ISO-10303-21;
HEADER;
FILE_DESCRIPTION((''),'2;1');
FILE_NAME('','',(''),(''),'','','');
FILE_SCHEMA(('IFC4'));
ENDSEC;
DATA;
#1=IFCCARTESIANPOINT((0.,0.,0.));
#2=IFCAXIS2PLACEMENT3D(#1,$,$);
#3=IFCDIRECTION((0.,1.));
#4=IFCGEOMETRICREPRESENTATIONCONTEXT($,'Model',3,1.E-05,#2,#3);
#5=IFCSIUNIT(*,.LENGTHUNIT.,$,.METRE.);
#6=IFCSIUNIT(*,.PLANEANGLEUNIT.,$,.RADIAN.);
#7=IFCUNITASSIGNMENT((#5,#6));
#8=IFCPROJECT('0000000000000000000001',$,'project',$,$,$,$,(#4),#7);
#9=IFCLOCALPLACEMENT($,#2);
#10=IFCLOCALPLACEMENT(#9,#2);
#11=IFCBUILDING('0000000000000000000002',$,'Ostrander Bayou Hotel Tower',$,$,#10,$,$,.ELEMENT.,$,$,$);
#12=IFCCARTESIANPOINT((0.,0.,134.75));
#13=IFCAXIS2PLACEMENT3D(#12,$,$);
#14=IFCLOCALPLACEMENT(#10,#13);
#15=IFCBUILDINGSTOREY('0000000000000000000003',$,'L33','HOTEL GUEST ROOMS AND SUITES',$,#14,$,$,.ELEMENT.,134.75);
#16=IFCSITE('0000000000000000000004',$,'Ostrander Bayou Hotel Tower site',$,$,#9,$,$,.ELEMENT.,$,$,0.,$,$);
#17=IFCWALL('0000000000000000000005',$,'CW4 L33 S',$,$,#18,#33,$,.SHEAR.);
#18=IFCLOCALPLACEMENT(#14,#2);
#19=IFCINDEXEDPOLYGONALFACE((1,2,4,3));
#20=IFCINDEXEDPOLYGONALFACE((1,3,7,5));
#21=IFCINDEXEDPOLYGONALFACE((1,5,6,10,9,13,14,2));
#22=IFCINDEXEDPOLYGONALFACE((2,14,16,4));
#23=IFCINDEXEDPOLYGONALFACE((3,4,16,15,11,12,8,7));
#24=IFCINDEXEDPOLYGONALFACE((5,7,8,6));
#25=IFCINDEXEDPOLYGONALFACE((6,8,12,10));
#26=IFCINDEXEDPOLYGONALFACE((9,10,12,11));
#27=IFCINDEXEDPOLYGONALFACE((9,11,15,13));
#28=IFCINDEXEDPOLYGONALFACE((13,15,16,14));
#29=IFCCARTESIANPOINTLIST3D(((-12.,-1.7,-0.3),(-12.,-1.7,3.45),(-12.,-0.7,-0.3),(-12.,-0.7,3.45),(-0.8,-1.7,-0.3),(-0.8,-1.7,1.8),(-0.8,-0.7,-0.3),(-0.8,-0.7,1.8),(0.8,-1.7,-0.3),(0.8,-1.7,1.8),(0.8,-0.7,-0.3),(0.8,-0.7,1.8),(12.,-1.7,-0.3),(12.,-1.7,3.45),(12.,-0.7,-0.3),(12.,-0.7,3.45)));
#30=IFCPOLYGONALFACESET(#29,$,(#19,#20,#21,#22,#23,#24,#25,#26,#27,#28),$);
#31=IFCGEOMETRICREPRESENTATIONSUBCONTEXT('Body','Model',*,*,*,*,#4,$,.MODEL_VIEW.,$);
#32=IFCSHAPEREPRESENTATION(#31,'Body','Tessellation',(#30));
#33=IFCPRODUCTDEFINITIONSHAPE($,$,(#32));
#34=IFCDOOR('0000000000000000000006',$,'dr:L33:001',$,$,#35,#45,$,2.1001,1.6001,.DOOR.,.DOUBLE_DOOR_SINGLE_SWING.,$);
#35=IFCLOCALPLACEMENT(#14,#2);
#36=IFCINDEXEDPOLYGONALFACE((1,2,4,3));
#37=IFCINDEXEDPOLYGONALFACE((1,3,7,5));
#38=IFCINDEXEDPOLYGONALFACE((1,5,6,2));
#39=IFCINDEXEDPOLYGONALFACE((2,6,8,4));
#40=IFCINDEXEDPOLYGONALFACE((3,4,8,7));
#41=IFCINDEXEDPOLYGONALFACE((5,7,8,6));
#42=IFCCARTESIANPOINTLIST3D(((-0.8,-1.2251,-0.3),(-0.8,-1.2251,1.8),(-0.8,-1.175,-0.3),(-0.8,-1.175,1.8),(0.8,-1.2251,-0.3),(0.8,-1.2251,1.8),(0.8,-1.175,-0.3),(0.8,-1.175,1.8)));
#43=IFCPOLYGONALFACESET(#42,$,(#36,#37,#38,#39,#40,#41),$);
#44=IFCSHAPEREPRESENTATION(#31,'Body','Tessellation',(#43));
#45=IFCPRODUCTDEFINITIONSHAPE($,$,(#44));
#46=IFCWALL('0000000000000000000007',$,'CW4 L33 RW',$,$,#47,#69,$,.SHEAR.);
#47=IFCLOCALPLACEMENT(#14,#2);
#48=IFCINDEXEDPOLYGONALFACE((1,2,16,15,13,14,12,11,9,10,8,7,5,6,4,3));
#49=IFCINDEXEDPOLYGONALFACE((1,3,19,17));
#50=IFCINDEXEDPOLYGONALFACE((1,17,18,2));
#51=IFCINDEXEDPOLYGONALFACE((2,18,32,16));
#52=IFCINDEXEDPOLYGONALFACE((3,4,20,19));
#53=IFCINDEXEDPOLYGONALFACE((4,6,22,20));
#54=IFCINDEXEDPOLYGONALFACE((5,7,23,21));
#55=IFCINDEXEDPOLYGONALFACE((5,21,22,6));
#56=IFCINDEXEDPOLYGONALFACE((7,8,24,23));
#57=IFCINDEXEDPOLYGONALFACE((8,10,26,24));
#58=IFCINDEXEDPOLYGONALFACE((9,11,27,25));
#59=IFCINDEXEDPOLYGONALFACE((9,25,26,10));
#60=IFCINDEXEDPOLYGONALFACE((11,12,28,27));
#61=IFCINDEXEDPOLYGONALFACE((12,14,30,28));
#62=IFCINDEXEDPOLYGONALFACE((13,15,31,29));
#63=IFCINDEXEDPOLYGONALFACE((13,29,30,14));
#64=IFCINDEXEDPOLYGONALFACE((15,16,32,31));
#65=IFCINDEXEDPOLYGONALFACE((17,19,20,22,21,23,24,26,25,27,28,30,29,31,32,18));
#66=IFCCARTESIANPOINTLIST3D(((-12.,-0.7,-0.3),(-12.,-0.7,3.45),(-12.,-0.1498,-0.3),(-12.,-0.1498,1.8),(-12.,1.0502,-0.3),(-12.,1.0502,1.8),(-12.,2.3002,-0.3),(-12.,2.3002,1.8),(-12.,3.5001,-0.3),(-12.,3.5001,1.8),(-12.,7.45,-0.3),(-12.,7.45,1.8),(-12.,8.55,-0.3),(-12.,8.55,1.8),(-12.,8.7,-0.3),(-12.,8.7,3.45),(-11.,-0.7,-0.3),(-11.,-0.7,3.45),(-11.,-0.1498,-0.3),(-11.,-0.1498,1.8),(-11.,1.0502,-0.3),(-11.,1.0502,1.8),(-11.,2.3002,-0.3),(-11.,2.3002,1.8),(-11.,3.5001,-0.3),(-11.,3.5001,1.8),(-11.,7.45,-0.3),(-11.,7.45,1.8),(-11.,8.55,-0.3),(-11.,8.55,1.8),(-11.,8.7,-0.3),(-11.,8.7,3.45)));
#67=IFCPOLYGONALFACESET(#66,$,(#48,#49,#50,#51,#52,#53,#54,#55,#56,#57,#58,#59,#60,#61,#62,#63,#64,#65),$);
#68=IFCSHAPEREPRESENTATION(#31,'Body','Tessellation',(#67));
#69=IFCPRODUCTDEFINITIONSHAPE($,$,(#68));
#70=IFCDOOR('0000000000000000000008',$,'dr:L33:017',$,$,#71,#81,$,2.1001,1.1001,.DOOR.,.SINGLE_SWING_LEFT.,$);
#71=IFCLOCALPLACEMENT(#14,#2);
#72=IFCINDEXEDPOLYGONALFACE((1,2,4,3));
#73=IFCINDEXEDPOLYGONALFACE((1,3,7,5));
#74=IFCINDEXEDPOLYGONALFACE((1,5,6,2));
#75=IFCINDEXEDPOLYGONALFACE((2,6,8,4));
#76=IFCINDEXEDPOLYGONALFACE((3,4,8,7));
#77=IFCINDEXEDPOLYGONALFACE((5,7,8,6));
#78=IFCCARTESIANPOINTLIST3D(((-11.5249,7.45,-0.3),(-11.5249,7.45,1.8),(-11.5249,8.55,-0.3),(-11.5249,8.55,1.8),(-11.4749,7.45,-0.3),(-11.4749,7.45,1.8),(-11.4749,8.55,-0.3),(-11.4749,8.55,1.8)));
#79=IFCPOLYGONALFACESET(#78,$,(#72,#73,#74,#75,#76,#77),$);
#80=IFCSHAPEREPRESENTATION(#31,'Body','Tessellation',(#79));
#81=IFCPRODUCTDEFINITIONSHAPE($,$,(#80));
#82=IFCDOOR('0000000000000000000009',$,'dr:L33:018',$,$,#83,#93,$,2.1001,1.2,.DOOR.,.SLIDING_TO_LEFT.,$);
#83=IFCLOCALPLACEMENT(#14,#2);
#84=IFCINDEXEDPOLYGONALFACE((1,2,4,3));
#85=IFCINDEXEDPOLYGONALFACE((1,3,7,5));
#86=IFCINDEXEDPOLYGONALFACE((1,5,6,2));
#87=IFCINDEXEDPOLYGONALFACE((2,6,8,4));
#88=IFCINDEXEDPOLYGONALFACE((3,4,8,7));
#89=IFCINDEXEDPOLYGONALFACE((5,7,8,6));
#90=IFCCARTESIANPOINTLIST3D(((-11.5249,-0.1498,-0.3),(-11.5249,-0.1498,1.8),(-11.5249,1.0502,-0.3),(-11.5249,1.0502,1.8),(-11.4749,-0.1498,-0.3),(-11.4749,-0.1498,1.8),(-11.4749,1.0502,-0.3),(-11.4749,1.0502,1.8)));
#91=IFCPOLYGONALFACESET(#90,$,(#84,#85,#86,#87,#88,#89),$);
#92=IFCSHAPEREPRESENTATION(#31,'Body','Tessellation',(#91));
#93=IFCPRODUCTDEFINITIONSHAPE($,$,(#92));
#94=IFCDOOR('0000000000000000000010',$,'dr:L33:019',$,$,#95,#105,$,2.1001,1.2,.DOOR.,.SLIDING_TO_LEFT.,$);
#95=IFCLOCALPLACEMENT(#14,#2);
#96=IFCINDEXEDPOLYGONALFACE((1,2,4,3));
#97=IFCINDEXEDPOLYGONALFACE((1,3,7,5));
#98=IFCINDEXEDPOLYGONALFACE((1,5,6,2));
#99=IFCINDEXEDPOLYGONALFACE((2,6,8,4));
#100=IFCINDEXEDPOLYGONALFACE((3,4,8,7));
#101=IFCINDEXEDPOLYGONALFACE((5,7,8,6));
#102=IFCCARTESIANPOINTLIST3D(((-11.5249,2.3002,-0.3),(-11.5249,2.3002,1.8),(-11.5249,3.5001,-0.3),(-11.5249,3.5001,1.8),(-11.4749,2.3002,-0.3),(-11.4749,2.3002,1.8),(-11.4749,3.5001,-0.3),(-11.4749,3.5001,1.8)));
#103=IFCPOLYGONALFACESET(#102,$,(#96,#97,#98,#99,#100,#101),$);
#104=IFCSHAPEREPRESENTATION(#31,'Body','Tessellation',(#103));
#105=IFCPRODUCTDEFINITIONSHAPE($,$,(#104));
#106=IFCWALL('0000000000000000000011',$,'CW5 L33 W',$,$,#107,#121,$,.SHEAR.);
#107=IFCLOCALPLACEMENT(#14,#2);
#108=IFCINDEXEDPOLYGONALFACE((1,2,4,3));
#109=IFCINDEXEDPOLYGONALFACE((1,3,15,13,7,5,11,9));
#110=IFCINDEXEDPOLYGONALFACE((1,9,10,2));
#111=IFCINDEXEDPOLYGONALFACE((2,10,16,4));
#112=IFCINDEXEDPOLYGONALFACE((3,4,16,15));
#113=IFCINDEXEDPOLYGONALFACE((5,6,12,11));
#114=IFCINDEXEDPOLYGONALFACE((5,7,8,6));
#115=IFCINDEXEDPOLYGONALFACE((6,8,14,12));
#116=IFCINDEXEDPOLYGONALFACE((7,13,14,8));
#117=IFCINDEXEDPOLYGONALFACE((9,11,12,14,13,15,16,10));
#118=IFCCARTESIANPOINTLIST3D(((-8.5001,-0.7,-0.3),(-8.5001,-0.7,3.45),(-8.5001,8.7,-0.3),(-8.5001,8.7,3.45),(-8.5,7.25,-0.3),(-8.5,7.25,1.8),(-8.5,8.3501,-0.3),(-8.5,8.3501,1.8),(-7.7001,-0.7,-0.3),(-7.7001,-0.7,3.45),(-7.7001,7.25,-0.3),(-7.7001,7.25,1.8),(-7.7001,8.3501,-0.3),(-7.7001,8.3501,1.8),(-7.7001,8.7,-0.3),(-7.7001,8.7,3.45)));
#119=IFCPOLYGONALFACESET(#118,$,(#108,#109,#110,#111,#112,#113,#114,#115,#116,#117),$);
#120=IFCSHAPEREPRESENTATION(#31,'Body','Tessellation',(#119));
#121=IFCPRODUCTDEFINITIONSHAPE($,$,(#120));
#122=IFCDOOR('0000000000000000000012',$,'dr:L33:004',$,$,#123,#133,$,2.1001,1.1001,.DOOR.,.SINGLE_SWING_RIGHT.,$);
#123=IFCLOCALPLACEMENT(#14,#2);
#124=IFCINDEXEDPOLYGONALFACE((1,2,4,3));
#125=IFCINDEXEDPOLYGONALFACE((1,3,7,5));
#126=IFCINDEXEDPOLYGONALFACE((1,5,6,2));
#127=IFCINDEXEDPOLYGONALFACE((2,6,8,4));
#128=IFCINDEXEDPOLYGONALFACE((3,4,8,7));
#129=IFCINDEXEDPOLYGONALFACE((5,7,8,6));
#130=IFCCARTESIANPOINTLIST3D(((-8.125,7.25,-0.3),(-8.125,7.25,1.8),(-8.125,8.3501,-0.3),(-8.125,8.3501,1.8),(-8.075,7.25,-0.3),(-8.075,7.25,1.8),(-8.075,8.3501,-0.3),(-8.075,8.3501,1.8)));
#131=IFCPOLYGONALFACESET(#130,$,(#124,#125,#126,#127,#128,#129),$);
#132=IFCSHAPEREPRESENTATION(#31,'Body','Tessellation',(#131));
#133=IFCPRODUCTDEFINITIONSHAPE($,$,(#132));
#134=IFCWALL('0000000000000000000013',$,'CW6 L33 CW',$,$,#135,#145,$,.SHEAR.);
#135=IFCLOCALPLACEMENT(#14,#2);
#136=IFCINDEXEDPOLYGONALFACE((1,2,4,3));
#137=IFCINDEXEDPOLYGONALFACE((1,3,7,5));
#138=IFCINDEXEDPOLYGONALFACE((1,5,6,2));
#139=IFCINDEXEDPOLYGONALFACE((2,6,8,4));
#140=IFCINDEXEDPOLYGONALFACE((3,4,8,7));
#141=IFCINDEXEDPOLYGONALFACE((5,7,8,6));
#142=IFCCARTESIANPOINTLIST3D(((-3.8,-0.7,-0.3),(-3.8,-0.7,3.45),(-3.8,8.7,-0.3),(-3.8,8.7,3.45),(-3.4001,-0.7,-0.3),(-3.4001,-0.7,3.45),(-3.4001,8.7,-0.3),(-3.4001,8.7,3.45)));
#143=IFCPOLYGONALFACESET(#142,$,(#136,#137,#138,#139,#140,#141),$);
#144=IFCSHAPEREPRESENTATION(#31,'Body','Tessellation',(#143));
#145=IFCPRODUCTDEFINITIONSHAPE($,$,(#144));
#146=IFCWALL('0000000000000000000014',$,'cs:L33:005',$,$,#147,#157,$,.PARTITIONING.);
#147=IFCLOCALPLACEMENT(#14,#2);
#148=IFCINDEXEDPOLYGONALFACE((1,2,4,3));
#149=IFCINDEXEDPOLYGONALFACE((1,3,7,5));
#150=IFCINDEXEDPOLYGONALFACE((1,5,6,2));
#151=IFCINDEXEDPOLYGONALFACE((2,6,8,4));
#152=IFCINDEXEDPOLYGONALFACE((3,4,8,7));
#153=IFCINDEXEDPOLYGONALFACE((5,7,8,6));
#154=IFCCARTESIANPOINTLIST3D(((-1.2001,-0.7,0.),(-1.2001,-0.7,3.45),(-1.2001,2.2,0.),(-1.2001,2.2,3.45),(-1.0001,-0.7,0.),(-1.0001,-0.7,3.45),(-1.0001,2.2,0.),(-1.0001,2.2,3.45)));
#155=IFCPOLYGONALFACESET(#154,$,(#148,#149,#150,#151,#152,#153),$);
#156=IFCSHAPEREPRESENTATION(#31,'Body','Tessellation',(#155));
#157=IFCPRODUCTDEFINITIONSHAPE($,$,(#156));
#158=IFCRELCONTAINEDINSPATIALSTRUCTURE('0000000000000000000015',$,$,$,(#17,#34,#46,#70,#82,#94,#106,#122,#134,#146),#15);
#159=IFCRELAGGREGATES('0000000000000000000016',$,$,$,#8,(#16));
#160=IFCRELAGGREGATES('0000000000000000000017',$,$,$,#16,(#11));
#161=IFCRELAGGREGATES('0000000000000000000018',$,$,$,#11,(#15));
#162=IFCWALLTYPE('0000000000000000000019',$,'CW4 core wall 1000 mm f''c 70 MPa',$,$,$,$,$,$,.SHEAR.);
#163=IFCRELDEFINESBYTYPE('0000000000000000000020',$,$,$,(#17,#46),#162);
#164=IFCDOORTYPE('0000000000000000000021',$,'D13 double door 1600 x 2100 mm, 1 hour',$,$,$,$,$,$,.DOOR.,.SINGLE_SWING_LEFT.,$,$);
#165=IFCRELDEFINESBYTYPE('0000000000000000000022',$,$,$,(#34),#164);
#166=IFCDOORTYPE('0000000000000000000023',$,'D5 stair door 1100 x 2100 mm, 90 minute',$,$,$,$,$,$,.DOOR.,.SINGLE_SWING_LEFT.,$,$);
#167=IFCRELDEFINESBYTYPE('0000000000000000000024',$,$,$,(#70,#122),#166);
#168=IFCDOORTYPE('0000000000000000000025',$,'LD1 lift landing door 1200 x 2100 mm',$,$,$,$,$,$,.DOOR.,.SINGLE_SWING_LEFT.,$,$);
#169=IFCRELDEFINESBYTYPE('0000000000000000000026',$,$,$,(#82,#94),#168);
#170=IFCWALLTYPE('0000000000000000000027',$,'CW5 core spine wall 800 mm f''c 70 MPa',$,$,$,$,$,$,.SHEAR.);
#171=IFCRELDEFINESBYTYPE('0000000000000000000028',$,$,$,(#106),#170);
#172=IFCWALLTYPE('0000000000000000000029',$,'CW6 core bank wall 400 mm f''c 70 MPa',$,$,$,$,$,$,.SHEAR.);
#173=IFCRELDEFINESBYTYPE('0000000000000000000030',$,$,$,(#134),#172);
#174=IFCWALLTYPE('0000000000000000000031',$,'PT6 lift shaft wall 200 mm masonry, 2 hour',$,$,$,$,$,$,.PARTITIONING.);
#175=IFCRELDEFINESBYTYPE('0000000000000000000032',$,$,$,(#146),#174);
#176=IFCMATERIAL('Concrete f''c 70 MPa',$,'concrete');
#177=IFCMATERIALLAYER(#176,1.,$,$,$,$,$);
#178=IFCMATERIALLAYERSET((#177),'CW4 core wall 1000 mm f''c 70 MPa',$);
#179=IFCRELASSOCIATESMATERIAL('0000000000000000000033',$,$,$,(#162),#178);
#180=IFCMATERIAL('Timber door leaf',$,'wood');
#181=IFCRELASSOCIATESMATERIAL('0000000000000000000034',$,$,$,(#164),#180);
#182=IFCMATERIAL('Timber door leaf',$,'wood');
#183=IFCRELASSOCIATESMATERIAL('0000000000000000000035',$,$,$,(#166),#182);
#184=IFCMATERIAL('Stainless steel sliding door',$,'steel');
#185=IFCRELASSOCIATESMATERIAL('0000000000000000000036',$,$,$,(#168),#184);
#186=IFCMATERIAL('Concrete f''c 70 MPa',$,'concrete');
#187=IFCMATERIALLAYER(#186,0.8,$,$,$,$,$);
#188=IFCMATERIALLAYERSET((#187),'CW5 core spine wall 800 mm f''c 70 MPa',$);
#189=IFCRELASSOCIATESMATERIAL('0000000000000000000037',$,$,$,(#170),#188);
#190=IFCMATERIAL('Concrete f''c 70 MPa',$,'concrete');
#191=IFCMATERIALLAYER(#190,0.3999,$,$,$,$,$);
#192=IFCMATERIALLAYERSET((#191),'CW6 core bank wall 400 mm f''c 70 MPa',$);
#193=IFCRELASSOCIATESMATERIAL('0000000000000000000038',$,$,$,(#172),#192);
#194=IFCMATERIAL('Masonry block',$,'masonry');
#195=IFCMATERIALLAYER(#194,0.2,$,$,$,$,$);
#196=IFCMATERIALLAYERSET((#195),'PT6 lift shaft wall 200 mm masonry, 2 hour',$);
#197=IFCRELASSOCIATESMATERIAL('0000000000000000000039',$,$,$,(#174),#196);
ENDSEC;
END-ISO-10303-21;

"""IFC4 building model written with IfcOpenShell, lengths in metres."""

from ifc_helpers import new_model, si_unit, direction, frame, frame_2d, origin, place, context, subcontext, project, spatial, rectangle, extrude, material, layer, layer_set, type_object, element, fill, save


model = new_model("IFC4")

# Units and contexts
model_context = context("Model", 3, precision=1e-05, world=origin(), true_north=direction((0.0, 1.0)))
body_context = subcontext(model_context, "Body", "Model", "MODEL_VIEW")
ifc_project = project(units=[si_unit("LENGTHUNIT", "METRE"), si_unit("PLANEANGLEUNIT", "RADIAN")], contexts=[model_context])

# Site, building, storey
site_placement = place(None, origin())
site = spatial("IfcSite", under=ifc_project, at=site_placement, Name="Ostrander Bayou Hotel Tower site", CompositionType="ELEMENT", RefElevation=0.0)
building_placement = place(site_placement, origin())
building = spatial("IfcBuilding", under=site, at=building_placement, Name="Ostrander Bayou Hotel Tower", CompositionType="ELEMENT")
storey_placement = place(building_placement, frame((0.0, 0.0, 134.75)))
storey = spatial("IfcBuildingStorey", under=building, at=storey_placement, Name="L33", Description="HOTEL GUEST ROOMS AND SUITES", CompositionType="ELEMENT", Elevation=134.75)

# Wall, opening, door
ifc_material_1 = material(Name="Concrete f'c 70 MPa", Category="concrete")
ifc_layer_1 = layer(ifc_material_1, 1.0)
ifc_layer_set_1 = layer_set([ifc_layer_1], Name="CW4 core wall 1000 mm f'c 70 MPa")
wall_type_1 = type_object("IfcWallType", Name="CW4 core wall 1000 mm f'c 70 MPa", PredefinedType="SHEAR", material=ifc_layer_set_1)
wall_1_placement = place(storey_placement, frame((-12.0, -1.2, -0.3), z_axis=(0.0, 0.0, 1.0), x_axis=(1.0, 0.0, 0.0)))
wall_1 = element("IfcWall", 1, at=wall_1_placement, inside=storey, type_object=wall_type_1, Name="CW4 L33 S", PredefinedType="SHEAR", context=body_context, shape_type="SweptSolid", body=[
    extrude(rectangle(XDim=24.0, YDim=1.0, at=frame_2d((12.0, 0.0))), origin(), (0.0, 0.0, 1.0), 3.75),
])
opening_1_placement = place(wall_1_placement, frame((11.2, 0.0, 0.0)))
opening_1 = element("IfcOpeningElement", 2, at=opening_1_placement, cuts=wall_1, PredefinedType="OPENING", context=body_context, shape_type="SweptSolid", body=[
    extrude(rectangle(XDim=1.6001, YDim=2.1001, at=frame_2d((0.8, 1.05))), frame((0.0, 0.5, 0.0), z_axis=(0.0, -1.0, 0.0), x_axis=(1.0, 0.0, 0.0)), (0.0, 0.0, 1.0), 1.0),
])
ifc_material_2 = material(Name="Timber door leaf", Category="wood")
door_type_1 = type_object("IfcDoorType", Name="D13 double door 1600 x 2100 mm, 1 hour", OperationType="SINGLE_SWING_LEFT", PredefinedType="DOOR", material=ifc_material_2)
door_1_placement = place(opening_1_placement, origin())
door_1 = element("IfcDoor", 3, at=door_1_placement, inside=storey, type_object=door_type_1, Name="dr:L33:001", OperationType="DOUBLE_DOOR_SINGLE_SWING", OverallHeight=2.1001, OverallWidth=1.6001, PredefinedType="DOOR", context=body_context, shape_type="SweptSolid", body=[
    extrude(rectangle(XDim=1.6001, YDim=2.1001, at=frame_2d((0.8, 1.05))), frame((0.0, 0.0249, 0.0), z_axis=(0.0, -1.0, 0.0), x_axis=(1.0, 0.0, 0.0)), (0.0, 0.0, 1.0), 0.05),
])
fill(opening_1, door_1)

# Wall, openings, doors
wall_2_placement = place(storey_placement, frame((-11.5, -0.7, -0.3), z_axis=(0.0, 0.0, 1.0), x_axis=(0.0, 1.0, 0.0)))
wall_2 = element("IfcWall", 4, at=wall_2_placement, inside=storey, type_object=wall_type_1, Name="CW4 L33 RW", PredefinedType="SHEAR", context=body_context, shape_type="SweptSolid", body=[
    extrude(rectangle(XDim=9.3999, YDim=1.0, at=frame_2d((4.7, 0.0))), origin(), (0.0, 0.0, 1.0), 3.75),
])
opening_2_placement = place(wall_2_placement, frame((8.1499, 0.0, 0.0)))
opening_2 = element("IfcOpeningElement", 5, at=opening_2_placement, cuts=wall_2, PredefinedType="OPENING", context=body_context, shape_type="SweptSolid", body=[
    extrude(rectangle(XDim=1.1001, YDim=2.1001, at=frame_2d((0.55, 1.05))), frame((0.0, 0.5, 0.0), z_axis=(0.0, -1.0, 0.0), x_axis=(1.0, 0.0, 0.0)), (0.0, 0.0, 1.0), 1.0),
])
opening_3_placement = place(wall_2_placement, frame((0.55, 0.0, 0.0)))
opening_3 = element("IfcOpeningElement", 6, at=opening_3_placement, cuts=wall_2, PredefinedType="OPENING", context=body_context, shape_type="SweptSolid", body=[
    extrude(rectangle(XDim=1.2, YDim=2.1001, at=frame_2d((0.6001, 1.05))), frame((0.0, 0.5, 0.0), z_axis=(0.0, -1.0, 0.0), x_axis=(1.0, 0.0, 0.0)), (0.0, 0.0, 1.0), 1.0),
])
opening_4_placement = place(wall_2_placement, frame((3.0, 0.0, 0.0)))
opening_4 = element("IfcOpeningElement", 7, at=opening_4_placement, cuts=wall_2, PredefinedType="OPENING", context=body_context, shape_type="SweptSolid", body=[
    extrude(rectangle(XDim=1.2, YDim=2.1001, at=frame_2d((0.6001, 1.05))), frame((0.0, 0.5, 0.0), z_axis=(0.0, -1.0, 0.0), x_axis=(1.0, 0.0, 0.0)), (0.0, 0.0, 1.0), 1.0),
])
ifc_material_3 = material(Name="Timber door leaf", Category="wood")
door_type_2 = type_object("IfcDoorType", Name="D5 stair door 1100 x 2100 mm, 90 minute", OperationType="SINGLE_SWING_LEFT", PredefinedType="DOOR", material=ifc_material_3)
door_2_placement = place(opening_2_placement, origin())
door_2 = element("IfcDoor", 8, at=door_2_placement, inside=storey, type_object=door_type_2, Name="dr:L33:017", OperationType="SINGLE_SWING_LEFT", OverallHeight=2.1001, OverallWidth=1.1001, PredefinedType="DOOR", context=body_context, shape_type="SweptSolid", body=[
    extrude(rectangle(XDim=1.1001, YDim=2.1001, at=frame_2d((0.55, 1.05))), frame((0.0, 0.0249, 0.0), z_axis=(0.0, -1.0, 0.0), x_axis=(1.0, 0.0, 0.0)), (0.0, 0.0, 1.0), 0.05),
])
fill(opening_2, door_2)
ifc_material_4 = material(Name="Stainless steel sliding door", Category="steel")
door_type_3 = type_object("IfcDoorType", Name="LD1 lift landing door 1200 x 2100 mm", OperationType="SINGLE_SWING_LEFT", PredefinedType="DOOR", material=ifc_material_4)
door_3_placement = place(opening_3_placement, origin())
door_3 = element("IfcDoor", 9, at=door_3_placement, inside=storey, type_object=door_type_3, Name="dr:L33:018", OperationType="SLIDING_TO_LEFT", OverallHeight=2.1001, OverallWidth=1.2, PredefinedType="DOOR", context=body_context, shape_type="SweptSolid", body=[
    extrude(rectangle(XDim=1.2, YDim=2.1001, at=frame_2d((0.6001, 1.05))), frame((0.0, 0.0249, 0.0), z_axis=(0.0, -1.0, 0.0), x_axis=(1.0, 0.0, 0.0)), (0.0, 0.0, 1.0), 0.05),
])
fill(opening_3, door_3)
door_4_placement = place(opening_4_placement, origin())
door_4 = element("IfcDoor", 10, at=door_4_placement, inside=storey, type_object=door_type_3, Name="dr:L33:019", OperationType="SLIDING_TO_LEFT", OverallHeight=2.1001, OverallWidth=1.2, PredefinedType="DOOR", context=body_context, shape_type="SweptSolid", body=[
    extrude(rectangle(XDim=1.2, YDim=2.1001, at=frame_2d((0.6001, 1.05))), frame((0.0, 0.0249, 0.0), z_axis=(0.0, -1.0, 0.0), x_axis=(1.0, 0.0, 0.0)), (0.0, 0.0, 1.0), 0.05),
])
fill(opening_4, door_4)

# Wall, opening, door
ifc_material_5 = material(Name="Concrete f'c 70 MPa", Category="concrete")
ifc_layer_2 = layer(ifc_material_5, 0.8)
ifc_layer_set_2 = layer_set([ifc_layer_2], Name="CW5 core spine wall 800 mm f'c 70 MPa")
wall_type_2 = type_object("IfcWallType", Name="CW5 core spine wall 800 mm f'c 70 MPa", PredefinedType="SHEAR", material=ifc_layer_set_2)
wall_3_placement = place(storey_placement, frame((-8.1001, -0.7, -0.3), z_axis=(0.0, 0.0, 1.0), x_axis=(0.0, 1.0, 0.0)))
wall_3 = element("IfcWall", 11, at=wall_3_placement, inside=storey, type_object=wall_type_2, Name="CW5 L33 W", PredefinedType="SHEAR", context=body_context, shape_type="SweptSolid", body=[
    extrude(rectangle(XDim=9.3999, YDim=0.8, at=frame_2d((4.7, 0.0))), origin(), (0.0, 0.0, 1.0), 3.75),
])
opening_5_placement = place(wall_3_placement, frame((7.95, 0.0, 0.0)))
opening_5 = element("IfcOpeningElement", 12, at=opening_5_placement, cuts=wall_3, PredefinedType="OPENING", context=body_context, shape_type="SweptSolid", body=[
    extrude(rectangle(XDim=1.1001, YDim=2.1001, at=frame_2d((0.55, 1.05))), frame((0.0, 0.3999, 0.0), z_axis=(0.0, -1.0, 0.0), x_axis=(1.0, 0.0, 0.0)), (0.0, 0.0, 1.0), 0.8),
])
door_5_placement = place(opening_5_placement, origin())
door_5 = element("IfcDoor", 13, at=door_5_placement, inside=storey, type_object=door_type_2, Name="dr:L33:004", OperationType="SINGLE_SWING_RIGHT", OverallHeight=2.1001, OverallWidth=1.1001, PredefinedType="DOOR", context=body_context, shape_type="SweptSolid", body=[
    extrude(rectangle(XDim=1.1001, YDim=2.1001, at=frame_2d((0.55, 1.05))), frame((0.0, 0.0249, 0.0), z_axis=(0.0, -1.0, 0.0), x_axis=(1.0, 0.0, 0.0)), (0.0, 0.0, 1.0), 0.05),
])
fill(opening_5, door_5)

# Walls
ifc_material_6 = material(Name="Concrete f'c 70 MPa", Category="concrete")
ifc_layer_3 = layer(ifc_material_6, 0.3999)
ifc_layer_set_3 = layer_set([ifc_layer_3], Name="CW6 core bank wall 400 mm f'c 70 MPa")
wall_type_3 = type_object("IfcWallType", Name="CW6 core bank wall 400 mm f'c 70 MPa", PredefinedType="SHEAR", material=ifc_layer_set_3)
wall_4_placement = place(storey_placement, frame((-3.6001, -0.7, -0.3), z_axis=(0.0, 0.0, 1.0), x_axis=(0.0, 1.0, 0.0)))
element("IfcWall", 14, at=wall_4_placement, inside=storey, type_object=wall_type_3, Name="CW6 L33 CW", PredefinedType="SHEAR", context=body_context, shape_type="SweptSolid", body=[
    extrude(rectangle(XDim=9.3999, YDim=0.3999, at=frame_2d((4.7, 0.0))), origin(), (0.0, 0.0, 1.0), 3.75),
])
ifc_material_7 = material(Name="Masonry block", Category="masonry")
ifc_layer_4 = layer(ifc_material_7, 0.2)
ifc_layer_set_4 = layer_set([ifc_layer_4], Name="PT6 lift shaft wall 200 mm masonry, 2 hour")
wall_type_4 = type_object("IfcWallType", Name="PT6 lift shaft wall 200 mm masonry, 2 hour", PredefinedType="PARTITIONING", material=ifc_layer_set_4)
wall_5_placement = place(storey_placement, frame((-1.1001, -0.7, 0.0), z_axis=(0.0, 0.0, 1.0), x_axis=(0.0, 1.0, 0.0)))
element("IfcWall", 15, at=wall_5_placement, inside=storey, type_object=wall_type_4, Name="cs:L33:005", PredefinedType="PARTITIONING", context=body_context, shape_type="SweptSolid", body=[
    extrude(rectangle(XDim=2.8999, YDim=0.2, at=frame_2d((1.45, 0.0))), origin(), (0.0, 0.0, 1.0), 3.45),
])

save(model, "model.ifc")
